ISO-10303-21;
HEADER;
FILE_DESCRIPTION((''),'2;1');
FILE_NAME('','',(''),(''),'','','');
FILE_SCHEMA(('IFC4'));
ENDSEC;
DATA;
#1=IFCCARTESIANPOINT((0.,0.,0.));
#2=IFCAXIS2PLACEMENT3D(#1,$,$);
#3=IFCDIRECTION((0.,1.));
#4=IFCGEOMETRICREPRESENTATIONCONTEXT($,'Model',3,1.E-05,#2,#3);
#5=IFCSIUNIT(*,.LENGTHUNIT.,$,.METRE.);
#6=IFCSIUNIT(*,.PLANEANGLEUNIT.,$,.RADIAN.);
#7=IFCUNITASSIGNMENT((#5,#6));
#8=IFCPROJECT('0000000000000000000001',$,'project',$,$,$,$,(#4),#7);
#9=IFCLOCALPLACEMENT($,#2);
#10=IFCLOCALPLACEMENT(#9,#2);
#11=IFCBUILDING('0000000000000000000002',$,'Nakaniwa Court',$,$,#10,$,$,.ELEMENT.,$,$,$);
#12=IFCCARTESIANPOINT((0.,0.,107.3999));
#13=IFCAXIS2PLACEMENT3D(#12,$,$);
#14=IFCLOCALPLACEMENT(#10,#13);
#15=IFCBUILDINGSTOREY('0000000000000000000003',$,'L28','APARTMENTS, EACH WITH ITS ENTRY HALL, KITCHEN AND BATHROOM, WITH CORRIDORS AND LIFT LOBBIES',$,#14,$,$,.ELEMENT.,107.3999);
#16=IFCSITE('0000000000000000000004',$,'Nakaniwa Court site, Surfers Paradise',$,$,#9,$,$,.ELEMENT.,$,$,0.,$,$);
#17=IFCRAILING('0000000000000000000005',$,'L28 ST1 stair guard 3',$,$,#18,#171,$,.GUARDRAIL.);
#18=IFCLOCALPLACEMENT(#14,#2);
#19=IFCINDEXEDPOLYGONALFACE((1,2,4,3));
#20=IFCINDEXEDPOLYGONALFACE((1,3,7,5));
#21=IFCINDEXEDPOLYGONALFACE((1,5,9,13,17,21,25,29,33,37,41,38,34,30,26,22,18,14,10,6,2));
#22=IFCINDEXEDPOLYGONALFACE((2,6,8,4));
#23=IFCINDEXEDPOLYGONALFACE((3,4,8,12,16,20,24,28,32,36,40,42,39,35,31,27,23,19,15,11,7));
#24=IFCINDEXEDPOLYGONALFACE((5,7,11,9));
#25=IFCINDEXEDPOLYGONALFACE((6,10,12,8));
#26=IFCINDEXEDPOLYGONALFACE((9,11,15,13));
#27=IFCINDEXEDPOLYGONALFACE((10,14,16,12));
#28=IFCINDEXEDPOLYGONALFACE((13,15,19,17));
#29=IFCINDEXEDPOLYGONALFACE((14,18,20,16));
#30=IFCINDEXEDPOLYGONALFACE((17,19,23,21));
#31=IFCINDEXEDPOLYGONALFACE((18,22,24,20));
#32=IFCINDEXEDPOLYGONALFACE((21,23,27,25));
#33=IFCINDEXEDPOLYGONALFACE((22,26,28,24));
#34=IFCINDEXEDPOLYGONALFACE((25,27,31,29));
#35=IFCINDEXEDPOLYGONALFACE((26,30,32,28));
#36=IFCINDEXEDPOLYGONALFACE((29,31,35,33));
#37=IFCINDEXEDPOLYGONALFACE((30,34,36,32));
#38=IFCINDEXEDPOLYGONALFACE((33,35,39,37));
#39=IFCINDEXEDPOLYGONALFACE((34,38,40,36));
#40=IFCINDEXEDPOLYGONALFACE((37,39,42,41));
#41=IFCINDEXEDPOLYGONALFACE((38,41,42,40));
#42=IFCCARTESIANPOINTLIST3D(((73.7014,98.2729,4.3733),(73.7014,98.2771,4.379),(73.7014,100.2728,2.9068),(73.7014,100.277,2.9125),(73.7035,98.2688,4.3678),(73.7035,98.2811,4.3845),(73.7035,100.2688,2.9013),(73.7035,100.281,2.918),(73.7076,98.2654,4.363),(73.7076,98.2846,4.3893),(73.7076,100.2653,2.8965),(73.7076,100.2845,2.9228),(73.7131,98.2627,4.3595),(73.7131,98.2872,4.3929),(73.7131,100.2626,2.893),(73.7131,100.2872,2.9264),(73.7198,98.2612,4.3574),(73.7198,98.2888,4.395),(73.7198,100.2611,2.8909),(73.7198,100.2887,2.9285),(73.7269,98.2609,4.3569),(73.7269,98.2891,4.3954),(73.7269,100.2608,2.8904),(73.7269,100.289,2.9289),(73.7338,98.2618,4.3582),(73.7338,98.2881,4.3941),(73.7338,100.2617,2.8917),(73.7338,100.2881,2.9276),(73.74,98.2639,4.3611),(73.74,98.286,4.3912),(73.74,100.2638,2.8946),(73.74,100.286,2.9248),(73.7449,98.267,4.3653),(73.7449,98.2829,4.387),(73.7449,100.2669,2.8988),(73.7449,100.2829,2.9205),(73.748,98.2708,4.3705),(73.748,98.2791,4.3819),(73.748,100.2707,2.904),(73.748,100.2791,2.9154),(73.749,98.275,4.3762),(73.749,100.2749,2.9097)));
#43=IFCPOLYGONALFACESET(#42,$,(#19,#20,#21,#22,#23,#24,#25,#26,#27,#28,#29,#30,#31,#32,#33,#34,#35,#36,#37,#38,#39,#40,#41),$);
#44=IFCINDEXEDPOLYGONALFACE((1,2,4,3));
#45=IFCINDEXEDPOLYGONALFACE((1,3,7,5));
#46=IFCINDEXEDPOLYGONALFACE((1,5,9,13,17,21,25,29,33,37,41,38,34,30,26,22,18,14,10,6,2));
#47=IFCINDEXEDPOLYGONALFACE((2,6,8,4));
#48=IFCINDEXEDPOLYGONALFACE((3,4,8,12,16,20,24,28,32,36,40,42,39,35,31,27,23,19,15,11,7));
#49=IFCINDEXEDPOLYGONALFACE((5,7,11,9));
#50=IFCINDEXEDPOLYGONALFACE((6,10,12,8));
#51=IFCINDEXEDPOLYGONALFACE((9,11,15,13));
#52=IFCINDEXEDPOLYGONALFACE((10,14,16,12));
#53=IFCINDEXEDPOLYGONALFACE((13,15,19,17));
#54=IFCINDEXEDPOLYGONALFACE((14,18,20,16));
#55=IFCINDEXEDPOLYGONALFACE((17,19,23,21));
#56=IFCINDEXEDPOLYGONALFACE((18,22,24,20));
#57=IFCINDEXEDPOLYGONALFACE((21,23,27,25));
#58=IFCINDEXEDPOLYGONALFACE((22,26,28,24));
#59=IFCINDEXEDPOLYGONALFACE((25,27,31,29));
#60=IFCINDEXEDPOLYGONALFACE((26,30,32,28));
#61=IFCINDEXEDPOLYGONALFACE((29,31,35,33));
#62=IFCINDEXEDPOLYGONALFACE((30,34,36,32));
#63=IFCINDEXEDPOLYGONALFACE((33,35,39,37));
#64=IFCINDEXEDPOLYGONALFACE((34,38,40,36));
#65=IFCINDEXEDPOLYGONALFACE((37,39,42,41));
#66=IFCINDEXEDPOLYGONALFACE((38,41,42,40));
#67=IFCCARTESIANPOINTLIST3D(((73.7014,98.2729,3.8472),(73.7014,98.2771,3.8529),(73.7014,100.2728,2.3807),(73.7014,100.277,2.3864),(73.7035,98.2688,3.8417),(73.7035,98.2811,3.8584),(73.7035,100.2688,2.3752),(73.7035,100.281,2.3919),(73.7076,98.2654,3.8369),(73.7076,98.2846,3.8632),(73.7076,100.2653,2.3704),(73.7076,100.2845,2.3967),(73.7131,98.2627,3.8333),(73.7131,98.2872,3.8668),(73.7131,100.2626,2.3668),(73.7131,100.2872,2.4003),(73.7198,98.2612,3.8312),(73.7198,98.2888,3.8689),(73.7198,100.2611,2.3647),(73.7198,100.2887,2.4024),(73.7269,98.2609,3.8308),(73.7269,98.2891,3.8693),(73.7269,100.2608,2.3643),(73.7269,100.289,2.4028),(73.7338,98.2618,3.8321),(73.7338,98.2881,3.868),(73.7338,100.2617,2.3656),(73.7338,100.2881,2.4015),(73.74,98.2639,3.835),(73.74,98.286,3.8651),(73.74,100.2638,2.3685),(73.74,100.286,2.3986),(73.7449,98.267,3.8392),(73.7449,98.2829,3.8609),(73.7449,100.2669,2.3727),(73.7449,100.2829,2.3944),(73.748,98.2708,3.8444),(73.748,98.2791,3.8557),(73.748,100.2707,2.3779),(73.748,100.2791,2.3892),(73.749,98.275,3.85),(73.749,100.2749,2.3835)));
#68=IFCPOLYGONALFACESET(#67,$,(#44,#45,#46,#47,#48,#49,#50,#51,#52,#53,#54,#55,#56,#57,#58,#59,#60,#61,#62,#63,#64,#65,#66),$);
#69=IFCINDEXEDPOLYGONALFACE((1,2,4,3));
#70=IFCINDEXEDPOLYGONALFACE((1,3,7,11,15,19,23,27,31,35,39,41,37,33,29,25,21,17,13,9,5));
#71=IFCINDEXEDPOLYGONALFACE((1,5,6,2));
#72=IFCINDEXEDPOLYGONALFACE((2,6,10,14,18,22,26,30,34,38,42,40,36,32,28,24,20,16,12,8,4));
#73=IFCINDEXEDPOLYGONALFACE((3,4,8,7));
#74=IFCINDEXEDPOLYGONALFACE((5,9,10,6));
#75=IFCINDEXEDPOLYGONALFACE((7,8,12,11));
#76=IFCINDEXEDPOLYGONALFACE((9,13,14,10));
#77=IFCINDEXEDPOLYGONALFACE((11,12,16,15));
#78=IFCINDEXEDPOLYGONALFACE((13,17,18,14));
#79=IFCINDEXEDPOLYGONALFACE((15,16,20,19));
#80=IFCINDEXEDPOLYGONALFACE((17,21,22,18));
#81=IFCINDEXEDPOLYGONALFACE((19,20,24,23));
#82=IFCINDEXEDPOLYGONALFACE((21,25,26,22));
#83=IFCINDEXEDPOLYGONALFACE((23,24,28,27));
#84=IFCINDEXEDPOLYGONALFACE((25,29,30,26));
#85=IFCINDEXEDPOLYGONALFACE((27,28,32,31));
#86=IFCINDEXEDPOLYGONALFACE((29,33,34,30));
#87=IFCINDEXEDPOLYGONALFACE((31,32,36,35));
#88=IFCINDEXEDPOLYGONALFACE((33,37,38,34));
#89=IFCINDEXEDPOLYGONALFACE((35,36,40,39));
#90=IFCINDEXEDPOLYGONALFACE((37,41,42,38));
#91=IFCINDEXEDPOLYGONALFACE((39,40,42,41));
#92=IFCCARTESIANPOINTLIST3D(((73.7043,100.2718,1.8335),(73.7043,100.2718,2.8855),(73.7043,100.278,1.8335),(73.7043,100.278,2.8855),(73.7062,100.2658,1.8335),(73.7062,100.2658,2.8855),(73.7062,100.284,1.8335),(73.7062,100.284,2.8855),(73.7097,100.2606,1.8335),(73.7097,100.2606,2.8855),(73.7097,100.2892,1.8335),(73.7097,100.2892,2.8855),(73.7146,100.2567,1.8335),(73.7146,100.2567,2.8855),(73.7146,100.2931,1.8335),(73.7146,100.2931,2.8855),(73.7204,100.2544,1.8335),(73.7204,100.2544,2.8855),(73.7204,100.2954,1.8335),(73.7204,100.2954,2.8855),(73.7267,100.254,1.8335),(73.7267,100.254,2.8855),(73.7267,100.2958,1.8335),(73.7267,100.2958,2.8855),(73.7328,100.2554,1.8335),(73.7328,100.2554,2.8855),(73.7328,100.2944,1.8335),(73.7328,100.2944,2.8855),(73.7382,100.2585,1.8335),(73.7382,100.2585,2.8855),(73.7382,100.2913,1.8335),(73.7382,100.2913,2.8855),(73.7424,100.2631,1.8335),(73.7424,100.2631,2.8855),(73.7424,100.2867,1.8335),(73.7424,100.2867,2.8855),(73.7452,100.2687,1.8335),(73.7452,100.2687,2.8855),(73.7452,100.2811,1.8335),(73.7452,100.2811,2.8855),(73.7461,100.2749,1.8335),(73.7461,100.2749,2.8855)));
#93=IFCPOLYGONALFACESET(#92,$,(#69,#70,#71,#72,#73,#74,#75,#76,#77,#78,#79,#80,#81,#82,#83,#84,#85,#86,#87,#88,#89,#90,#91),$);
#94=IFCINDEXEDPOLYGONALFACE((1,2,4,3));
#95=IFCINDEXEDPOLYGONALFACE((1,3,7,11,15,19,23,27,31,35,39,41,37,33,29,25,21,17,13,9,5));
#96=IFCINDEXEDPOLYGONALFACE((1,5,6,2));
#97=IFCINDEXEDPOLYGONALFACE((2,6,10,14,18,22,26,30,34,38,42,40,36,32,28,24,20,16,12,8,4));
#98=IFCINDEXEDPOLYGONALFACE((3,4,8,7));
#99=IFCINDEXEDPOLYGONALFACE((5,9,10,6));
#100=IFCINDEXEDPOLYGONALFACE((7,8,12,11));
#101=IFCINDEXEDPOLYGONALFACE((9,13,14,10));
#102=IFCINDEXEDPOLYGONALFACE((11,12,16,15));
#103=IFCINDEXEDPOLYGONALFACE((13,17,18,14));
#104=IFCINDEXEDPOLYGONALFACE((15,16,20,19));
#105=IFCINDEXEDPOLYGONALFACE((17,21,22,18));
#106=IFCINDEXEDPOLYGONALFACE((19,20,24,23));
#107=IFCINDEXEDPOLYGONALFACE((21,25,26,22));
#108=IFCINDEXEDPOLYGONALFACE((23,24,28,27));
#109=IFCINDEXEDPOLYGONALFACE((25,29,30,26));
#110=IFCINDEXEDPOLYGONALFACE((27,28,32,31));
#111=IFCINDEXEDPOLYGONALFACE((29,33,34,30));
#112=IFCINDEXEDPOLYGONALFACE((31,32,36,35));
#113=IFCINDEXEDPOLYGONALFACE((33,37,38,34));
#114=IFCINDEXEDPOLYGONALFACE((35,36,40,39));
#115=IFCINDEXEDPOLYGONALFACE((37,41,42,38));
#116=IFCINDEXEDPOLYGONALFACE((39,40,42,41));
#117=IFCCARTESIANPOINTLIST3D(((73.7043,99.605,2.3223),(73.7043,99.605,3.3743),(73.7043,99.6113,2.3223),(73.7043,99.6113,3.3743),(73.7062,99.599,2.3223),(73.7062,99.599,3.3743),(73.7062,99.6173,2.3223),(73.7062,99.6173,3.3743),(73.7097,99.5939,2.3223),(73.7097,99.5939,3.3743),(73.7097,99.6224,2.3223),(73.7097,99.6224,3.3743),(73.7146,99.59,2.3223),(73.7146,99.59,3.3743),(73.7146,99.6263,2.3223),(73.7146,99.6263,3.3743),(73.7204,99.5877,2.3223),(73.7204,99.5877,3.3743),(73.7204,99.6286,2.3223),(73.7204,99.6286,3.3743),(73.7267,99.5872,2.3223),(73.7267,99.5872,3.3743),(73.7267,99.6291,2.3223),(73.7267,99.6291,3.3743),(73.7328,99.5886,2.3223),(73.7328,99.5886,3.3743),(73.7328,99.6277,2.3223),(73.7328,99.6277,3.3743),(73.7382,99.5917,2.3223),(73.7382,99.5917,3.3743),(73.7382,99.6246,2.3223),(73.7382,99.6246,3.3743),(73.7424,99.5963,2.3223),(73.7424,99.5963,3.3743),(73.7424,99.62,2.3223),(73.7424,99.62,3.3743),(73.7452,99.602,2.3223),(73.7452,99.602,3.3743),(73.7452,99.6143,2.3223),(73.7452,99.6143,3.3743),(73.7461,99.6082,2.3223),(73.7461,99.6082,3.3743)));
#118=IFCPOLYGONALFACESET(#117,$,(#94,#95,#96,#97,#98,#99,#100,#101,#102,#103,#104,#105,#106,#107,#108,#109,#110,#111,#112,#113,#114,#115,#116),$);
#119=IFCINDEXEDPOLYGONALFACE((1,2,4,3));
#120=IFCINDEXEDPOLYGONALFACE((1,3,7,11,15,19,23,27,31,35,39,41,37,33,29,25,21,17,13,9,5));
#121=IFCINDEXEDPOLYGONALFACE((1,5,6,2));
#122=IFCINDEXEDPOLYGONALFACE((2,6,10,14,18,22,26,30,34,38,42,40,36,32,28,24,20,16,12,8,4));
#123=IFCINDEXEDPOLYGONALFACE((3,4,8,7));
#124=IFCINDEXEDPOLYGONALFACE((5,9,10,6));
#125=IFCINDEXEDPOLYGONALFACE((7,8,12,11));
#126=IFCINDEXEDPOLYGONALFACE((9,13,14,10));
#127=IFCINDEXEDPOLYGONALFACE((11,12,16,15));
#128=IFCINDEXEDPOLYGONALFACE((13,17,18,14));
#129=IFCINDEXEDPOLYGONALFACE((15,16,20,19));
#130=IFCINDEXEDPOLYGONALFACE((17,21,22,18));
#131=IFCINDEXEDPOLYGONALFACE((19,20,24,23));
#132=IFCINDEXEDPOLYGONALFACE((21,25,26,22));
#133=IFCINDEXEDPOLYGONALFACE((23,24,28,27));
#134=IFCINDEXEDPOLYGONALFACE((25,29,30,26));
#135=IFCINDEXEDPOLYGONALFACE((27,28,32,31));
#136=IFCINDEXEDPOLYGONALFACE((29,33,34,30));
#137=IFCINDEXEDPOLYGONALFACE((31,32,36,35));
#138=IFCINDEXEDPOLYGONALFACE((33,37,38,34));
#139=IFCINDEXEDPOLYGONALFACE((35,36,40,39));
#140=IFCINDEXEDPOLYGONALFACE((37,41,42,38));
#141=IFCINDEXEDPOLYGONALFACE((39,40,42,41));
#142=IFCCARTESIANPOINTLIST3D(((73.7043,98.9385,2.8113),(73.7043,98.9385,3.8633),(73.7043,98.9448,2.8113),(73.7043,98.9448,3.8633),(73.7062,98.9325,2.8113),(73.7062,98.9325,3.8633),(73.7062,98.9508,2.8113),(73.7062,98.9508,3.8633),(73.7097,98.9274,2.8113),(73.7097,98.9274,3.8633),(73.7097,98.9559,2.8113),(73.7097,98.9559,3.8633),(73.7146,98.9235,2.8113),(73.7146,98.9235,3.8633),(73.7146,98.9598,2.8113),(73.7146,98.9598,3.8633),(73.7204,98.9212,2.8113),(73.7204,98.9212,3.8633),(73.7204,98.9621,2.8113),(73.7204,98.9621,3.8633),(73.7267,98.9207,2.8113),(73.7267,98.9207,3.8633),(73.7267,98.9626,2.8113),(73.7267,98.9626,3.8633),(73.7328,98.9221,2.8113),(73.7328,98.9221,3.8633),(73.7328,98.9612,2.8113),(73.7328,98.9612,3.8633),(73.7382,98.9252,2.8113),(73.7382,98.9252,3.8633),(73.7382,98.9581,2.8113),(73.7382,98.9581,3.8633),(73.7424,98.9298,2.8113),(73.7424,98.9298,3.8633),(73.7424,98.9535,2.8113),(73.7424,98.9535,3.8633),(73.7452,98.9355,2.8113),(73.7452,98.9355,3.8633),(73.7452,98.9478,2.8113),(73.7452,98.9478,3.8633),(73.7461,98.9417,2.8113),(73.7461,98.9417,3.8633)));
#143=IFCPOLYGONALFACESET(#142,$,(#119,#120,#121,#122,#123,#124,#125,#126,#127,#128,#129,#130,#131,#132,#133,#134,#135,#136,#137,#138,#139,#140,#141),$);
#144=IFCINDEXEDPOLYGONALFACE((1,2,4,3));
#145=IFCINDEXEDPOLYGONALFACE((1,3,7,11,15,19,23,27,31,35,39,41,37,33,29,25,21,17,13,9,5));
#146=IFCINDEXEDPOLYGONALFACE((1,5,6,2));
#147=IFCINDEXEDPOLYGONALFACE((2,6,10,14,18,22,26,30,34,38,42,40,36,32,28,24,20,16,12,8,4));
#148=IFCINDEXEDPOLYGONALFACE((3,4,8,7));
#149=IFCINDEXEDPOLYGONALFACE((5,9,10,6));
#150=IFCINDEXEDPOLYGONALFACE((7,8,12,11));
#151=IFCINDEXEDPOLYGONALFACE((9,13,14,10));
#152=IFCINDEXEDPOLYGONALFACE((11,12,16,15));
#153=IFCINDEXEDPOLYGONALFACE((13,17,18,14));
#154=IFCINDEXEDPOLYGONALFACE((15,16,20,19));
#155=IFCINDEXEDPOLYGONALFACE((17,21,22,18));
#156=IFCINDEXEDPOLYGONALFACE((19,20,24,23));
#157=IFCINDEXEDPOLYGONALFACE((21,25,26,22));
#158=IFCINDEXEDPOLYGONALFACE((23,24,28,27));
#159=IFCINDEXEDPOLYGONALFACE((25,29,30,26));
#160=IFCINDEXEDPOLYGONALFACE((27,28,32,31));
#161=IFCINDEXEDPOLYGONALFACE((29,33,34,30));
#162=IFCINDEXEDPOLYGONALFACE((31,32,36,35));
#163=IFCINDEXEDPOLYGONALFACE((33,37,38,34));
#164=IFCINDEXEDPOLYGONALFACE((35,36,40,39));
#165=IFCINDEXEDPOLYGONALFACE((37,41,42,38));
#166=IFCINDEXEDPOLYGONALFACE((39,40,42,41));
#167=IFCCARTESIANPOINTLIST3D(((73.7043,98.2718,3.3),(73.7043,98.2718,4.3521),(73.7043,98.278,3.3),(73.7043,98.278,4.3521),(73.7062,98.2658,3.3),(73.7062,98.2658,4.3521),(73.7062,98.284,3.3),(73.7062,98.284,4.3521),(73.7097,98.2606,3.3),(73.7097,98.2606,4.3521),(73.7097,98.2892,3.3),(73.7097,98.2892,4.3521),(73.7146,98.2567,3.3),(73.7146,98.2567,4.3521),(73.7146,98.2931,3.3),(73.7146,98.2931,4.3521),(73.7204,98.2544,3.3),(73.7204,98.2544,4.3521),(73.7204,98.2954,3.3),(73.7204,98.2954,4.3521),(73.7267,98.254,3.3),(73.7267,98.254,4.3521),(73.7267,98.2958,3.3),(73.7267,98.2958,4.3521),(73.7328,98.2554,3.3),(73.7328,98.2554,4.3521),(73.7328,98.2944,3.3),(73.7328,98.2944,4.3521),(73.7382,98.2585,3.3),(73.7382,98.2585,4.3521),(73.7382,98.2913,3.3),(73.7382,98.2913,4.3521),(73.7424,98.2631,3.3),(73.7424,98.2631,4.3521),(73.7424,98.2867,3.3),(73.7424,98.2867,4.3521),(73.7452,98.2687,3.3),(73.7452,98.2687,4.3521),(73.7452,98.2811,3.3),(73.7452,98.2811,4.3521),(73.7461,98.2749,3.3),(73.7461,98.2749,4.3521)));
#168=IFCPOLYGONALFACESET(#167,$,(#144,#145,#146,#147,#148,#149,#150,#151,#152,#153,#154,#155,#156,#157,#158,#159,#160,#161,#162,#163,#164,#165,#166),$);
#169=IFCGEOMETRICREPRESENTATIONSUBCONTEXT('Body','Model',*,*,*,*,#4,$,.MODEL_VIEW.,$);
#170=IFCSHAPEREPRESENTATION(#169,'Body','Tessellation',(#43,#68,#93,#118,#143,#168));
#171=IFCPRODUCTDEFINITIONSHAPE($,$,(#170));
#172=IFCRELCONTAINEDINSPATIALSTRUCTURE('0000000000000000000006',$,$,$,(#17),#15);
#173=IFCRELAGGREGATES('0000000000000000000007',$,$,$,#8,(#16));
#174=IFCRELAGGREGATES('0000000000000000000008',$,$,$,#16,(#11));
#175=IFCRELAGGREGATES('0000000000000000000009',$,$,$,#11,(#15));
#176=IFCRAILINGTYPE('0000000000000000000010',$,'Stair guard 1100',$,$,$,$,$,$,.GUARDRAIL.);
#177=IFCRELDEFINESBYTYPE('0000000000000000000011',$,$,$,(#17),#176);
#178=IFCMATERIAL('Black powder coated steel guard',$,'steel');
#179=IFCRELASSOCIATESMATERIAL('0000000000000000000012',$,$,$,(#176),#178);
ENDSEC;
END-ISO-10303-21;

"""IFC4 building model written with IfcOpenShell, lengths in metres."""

from ifc_helpers import new_model, si_unit, direction, frame, origin, origin_2d, place, context, subcontext, project, spatial, circle, extrude, material, type_object, element, save


model = new_model("IFC4")

# Units and contexts
model_context = context("Model", 3, precision=1e-05, world=origin(), true_north=direction((0.0, 1.0)))
body_context = subcontext(model_context, "Body", "Model", "MODEL_VIEW")
ifc_project = project(units=[si_unit("LENGTHUNIT", "METRE"), si_unit("PLANEANGLEUNIT", "RADIAN")], contexts=[model_context])

# Site, building, storey
site_placement = place(None, origin())
site = spatial("IfcSite", under=ifc_project, at=site_placement, Name="Nakaniwa Court site, Surfers Paradise", CompositionType="ELEMENT", RefElevation=0.0)
building_placement = place(site_placement, origin())
building = spatial("IfcBuilding", under=site, at=building_placement, Name="Nakaniwa Court", CompositionType="ELEMENT")
storey_placement = place(building_placement, frame((0.0, 0.0, 107.3999)))
storey = spatial("IfcBuildingStorey", under=building, at=storey_placement, Name="L28", Description="APARTMENTS, EACH WITH ITS ENTRY HALL, KITCHEN AND BATHROOM, WITH CORRIDORS AND LIFT LOBBIES", CompositionType="ELEMENT", Elevation=107.3999)

# Railing
ifc_material_1 = material(Name="Black powder coated steel guard", Category="steel")
railing_type_1 = type_object("IfcRailingType", Name="Stair guard 1100", PredefinedType="GUARDRAIL", material=ifc_material_1)
railing_1_placement = place(storey_placement, frame((73.7251, 100.2749, 1.8335)))
element("IfcRailing", 1, at=railing_1_placement, inside=storey, type_object=railing_type_1, Name="L28 ST1 stair guard 3", PredefinedType="GUARDRAIL", context=body_context, shape_type="SweptSolid", body=[
    extrude(circle(Radius=0.0239, at=origin_2d()), frame((0.0, 0.0, 1.0762), z_axis=(0.0, -0.806427, 0.591334), x_axis=(1.0, 0.0, 0.0)), (0.0, 0.0, 1.0), 2.48),
    extrude(circle(Radius=0.0239, at=origin_2d()), frame((0.0, 0.0, 0.55), z_axis=(0.0, -0.806427, 0.591334), x_axis=(1.0, 0.0, 0.0)), (0.0, 0.0, 1.0), 2.48),
    extrude(circle(Radius=0.021, at=origin_2d()), origin(), (0.0, 0.0, 1.0), 1.052),
    extrude(circle(Radius=0.021, at=origin_2d()), frame((0.0, -0.6667, 0.4888)), (0.0, 0.0, 1.0), 1.052),
    extrude(circle(Radius=0.021, at=origin_2d()), frame((0.0, -1.3333, 0.9778)), (0.0, 0.0, 1.0), 1.052),
    extrude(circle(Radius=0.021, at=origin_2d()), frame((0.0, -2.0, 1.4666)), (0.0, 0.0, 1.0), 1.052),
])

save(model, "model.ifc")
